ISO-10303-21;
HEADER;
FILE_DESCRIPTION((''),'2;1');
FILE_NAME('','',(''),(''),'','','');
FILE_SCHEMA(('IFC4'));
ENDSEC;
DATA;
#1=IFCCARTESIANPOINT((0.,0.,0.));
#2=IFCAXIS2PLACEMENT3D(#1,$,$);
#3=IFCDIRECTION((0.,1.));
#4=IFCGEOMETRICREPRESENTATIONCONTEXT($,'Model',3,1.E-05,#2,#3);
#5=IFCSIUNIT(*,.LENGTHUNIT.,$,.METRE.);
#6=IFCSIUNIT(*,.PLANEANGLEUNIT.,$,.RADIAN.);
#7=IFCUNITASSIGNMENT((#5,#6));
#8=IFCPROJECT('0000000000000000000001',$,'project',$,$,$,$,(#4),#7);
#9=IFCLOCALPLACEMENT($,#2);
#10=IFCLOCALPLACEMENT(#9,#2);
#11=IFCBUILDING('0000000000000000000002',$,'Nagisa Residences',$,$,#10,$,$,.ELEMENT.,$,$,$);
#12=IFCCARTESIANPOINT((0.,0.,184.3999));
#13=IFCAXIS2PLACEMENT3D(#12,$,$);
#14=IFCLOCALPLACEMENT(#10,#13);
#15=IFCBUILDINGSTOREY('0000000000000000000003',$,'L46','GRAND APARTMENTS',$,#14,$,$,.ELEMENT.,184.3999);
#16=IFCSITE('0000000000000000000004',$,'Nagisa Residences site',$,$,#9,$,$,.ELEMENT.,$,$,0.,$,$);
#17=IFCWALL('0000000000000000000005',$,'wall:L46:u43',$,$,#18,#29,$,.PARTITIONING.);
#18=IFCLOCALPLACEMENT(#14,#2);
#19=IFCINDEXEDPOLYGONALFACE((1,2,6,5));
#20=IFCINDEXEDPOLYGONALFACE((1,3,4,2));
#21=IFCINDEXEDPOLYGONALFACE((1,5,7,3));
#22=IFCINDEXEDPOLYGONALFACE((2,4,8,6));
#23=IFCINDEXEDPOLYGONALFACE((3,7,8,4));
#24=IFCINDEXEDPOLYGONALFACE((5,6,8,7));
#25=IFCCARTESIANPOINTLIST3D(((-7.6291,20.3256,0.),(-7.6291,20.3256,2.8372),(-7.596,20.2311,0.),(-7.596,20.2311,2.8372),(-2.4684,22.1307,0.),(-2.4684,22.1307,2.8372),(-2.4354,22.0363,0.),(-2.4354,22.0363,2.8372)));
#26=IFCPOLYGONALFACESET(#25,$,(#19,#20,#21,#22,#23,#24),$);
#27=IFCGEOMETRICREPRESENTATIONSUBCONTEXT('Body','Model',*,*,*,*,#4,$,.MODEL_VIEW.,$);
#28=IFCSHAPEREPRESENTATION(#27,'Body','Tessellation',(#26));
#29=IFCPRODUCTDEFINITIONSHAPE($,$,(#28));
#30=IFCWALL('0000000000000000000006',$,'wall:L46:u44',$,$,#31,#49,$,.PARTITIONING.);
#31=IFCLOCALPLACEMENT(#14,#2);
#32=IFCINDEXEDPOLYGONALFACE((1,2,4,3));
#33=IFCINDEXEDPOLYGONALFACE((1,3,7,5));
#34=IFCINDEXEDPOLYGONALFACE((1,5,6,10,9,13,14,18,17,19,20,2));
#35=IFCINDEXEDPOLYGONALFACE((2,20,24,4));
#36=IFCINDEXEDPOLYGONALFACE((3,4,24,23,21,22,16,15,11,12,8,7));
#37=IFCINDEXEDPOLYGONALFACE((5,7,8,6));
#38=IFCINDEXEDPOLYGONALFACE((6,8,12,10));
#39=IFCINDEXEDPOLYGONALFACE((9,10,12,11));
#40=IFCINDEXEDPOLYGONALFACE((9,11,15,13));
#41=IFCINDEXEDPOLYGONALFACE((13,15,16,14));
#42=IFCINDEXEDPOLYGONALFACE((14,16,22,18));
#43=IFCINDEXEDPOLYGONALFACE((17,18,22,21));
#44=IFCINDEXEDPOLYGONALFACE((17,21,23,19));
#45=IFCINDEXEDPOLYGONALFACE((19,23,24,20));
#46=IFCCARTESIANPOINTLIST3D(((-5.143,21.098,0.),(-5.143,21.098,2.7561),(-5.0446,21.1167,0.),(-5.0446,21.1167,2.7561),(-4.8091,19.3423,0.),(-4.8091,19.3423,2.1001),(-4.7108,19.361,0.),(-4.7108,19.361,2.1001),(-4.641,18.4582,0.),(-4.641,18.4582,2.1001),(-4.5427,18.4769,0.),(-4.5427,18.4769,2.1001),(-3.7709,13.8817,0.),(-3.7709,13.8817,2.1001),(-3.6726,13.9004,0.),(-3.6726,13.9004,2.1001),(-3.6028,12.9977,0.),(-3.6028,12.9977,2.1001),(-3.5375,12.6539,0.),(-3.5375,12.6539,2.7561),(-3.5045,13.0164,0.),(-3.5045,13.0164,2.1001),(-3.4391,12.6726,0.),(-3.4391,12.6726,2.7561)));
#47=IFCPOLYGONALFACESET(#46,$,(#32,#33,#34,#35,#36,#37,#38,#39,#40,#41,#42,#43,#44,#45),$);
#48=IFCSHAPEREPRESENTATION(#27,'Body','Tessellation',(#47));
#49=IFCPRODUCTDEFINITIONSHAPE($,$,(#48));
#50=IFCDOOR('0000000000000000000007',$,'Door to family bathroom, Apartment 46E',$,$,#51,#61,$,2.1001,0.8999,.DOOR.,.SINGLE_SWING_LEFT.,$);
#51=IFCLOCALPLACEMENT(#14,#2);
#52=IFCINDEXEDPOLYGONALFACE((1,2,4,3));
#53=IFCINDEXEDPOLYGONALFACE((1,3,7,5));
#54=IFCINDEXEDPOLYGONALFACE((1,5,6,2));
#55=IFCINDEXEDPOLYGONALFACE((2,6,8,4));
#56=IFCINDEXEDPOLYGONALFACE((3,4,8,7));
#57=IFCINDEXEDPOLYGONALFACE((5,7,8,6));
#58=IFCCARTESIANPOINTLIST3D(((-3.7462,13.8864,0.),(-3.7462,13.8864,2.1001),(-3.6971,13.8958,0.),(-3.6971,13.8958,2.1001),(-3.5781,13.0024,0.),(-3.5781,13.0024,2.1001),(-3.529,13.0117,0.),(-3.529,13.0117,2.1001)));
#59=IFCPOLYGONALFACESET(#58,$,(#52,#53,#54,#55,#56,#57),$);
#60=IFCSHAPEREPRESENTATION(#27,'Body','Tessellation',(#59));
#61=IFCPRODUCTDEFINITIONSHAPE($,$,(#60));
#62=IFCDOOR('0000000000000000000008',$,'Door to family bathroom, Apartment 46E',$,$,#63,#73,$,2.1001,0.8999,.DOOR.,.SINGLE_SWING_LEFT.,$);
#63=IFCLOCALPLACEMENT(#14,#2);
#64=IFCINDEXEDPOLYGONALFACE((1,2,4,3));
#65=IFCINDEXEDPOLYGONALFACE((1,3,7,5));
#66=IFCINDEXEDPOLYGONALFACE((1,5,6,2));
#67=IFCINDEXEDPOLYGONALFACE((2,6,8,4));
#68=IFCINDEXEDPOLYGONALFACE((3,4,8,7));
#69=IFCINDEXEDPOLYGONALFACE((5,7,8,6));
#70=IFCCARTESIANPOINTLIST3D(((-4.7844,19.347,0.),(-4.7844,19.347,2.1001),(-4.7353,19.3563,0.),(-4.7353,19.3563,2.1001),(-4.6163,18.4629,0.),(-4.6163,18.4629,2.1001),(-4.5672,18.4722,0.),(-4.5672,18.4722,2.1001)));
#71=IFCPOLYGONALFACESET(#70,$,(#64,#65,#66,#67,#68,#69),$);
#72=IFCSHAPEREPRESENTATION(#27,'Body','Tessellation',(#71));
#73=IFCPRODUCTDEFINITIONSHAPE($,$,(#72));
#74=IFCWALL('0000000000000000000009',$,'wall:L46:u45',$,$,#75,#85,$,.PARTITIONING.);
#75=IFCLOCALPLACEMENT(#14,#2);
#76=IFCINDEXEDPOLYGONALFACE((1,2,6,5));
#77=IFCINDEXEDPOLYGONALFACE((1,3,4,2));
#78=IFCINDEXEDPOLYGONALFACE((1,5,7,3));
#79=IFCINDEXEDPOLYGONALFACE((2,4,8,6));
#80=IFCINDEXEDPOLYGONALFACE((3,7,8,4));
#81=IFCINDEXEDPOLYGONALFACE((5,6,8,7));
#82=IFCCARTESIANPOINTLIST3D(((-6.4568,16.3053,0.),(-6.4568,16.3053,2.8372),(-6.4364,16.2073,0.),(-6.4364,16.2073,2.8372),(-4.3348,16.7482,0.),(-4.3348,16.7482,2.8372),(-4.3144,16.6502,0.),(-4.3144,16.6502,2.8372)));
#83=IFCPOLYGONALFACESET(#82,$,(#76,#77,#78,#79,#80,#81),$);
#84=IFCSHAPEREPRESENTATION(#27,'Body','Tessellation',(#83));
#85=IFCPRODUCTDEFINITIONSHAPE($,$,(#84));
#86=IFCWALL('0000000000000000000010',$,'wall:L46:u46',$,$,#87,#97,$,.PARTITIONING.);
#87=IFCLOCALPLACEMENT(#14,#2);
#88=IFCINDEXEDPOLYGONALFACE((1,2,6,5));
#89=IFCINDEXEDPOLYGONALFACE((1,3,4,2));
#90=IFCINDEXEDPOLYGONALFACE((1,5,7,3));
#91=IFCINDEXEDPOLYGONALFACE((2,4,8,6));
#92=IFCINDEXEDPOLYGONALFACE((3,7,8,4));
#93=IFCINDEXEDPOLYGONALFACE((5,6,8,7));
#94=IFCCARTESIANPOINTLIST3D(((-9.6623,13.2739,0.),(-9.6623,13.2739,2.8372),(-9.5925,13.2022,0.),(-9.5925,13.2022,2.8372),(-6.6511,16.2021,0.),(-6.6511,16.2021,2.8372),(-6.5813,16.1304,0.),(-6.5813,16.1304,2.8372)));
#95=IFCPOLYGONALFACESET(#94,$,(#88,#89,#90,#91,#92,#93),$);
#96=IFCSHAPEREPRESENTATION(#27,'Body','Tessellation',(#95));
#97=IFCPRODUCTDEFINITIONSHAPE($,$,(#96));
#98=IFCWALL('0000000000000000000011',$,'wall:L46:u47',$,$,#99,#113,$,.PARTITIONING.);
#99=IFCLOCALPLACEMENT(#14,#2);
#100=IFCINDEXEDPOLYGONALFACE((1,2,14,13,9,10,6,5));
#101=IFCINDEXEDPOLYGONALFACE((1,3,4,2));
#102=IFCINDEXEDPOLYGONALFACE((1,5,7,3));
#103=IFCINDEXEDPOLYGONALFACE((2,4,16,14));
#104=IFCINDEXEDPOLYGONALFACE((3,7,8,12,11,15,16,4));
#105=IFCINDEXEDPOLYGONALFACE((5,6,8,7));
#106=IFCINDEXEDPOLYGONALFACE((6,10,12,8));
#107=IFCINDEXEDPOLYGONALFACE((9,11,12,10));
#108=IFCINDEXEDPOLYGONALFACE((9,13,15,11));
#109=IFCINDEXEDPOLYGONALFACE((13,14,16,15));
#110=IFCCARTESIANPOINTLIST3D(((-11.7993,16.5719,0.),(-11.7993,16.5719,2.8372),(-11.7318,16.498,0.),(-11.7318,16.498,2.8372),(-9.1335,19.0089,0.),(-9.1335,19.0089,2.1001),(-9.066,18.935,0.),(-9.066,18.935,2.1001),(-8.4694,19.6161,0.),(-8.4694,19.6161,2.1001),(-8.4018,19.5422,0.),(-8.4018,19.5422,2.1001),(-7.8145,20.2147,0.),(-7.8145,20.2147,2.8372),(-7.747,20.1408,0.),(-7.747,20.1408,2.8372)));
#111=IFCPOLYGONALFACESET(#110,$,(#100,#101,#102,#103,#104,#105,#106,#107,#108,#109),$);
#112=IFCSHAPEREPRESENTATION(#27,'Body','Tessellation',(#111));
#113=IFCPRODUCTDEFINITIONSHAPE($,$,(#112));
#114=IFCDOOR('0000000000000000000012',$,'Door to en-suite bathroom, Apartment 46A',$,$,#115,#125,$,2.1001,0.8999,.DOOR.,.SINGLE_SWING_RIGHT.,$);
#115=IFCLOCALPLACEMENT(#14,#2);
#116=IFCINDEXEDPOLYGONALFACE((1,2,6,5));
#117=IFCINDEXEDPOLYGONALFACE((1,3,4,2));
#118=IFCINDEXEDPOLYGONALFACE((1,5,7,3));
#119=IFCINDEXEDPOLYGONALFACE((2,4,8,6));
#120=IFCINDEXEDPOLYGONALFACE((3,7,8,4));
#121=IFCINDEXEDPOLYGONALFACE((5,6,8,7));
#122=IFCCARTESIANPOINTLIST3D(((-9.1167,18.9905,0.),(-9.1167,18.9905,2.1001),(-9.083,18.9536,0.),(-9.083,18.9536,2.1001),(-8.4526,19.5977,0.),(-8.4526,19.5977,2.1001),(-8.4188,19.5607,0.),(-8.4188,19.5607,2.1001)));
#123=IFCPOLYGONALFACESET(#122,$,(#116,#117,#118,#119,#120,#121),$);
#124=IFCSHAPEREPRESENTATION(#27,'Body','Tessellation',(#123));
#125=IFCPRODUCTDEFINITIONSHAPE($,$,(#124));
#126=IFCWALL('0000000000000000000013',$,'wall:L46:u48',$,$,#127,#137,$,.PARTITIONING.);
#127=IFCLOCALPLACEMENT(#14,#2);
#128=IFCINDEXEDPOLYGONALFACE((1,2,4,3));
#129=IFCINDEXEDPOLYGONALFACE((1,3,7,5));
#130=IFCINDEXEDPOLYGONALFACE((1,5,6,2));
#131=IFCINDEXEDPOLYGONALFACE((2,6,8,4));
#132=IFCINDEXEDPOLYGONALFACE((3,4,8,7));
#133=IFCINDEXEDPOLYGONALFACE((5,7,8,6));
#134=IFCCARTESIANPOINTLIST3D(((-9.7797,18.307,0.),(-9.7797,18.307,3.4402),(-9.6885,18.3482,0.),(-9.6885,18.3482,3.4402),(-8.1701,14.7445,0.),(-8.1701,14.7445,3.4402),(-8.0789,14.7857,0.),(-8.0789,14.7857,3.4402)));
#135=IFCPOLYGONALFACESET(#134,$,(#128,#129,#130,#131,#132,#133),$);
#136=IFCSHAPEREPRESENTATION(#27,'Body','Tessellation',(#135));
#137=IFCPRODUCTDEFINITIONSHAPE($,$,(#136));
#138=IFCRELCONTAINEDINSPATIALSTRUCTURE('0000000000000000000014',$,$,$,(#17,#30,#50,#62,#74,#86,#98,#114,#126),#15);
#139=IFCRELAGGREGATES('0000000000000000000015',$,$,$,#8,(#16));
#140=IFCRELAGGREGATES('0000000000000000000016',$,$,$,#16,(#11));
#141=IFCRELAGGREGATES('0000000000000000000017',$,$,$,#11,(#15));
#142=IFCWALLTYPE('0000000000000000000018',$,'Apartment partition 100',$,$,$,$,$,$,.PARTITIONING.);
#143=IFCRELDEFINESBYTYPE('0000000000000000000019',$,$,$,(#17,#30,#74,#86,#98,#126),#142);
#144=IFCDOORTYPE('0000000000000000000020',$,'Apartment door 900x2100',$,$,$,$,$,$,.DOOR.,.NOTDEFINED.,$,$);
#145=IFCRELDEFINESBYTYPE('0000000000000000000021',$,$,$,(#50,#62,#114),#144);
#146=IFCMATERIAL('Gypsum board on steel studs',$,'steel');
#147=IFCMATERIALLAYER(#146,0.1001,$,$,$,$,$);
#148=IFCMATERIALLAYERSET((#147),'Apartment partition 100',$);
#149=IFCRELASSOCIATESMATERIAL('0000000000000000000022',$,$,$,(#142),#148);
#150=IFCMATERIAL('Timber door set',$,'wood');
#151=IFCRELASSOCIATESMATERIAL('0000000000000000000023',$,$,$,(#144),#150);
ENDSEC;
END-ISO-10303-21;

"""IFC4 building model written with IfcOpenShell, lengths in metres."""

from ifc_helpers import new_model, si_unit, direction, frame, frame_2d, origin, place, context, subcontext, project, spatial, rectangle, extrude, material, layer, layer_set, type_object, element, fill, save


model = new_model("IFC4")

# Units and contexts
model_context = context("Model", 3, precision=1e-05, world=origin(), true_north=direction((0.0, 1.0)))
body_context = subcontext(model_context, "Body", "Model", "MODEL_VIEW")
ifc_project = project(units=[si_unit("LENGTHUNIT", "METRE"), si_unit("PLANEANGLEUNIT", "RADIAN")], contexts=[model_context])

# Site, building, storey
site_placement = place(None, origin())
site = spatial("IfcSite", under=ifc_project, at=site_placement, Name="Nagisa Residences site", CompositionType="ELEMENT", RefElevation=0.0)
building_placement = place(site_placement, origin())
building = spatial("IfcBuilding", under=site, at=building_placement, Name="Nagisa Residences", CompositionType="ELEMENT")
storey_placement = place(building_placement, frame((0.0, 0.0, 184.3999)))
storey = spatial("IfcBuildingStorey", under=building, at=storey_placement, Name="L46", Description="GRAND APARTMENTS", CompositionType="ELEMENT", Elevation=184.3999)

# Shared definitions
ifc_material_1 = material(Name="Gypsum board on steel studs", Category="steel")
ifc_layer_1 = layer(ifc_material_1, 0.1001)
ifc_layer_set_1 = layer_set([ifc_layer_1], Name="Apartment partition 100")
wall_type_1 = type_object("IfcWallType", Name="Apartment partition 100", PredefinedType="PARTITIONING", material=ifc_layer_set_1)
ifc_material_2 = material(Name="Timber door set", Category="wood")
door_type_1 = type_object("IfcDoorType", Name="Apartment door 900x2100", OperationType="NOTDEFINED", PredefinedType="DOOR", material=ifc_material_2)

# Wall
wall_1_placement = place(storey_placement, frame((-2.4519, 22.0835, 0.0), z_axis=(0.0, 0.0, 1.0), x_axis=(-0.943918, -0.330179, 0.0)))
element("IfcWall", 1, at=wall_1_placement, inside=storey, type_object=wall_type_1, Name="wall:L46:u43", PredefinedType="PARTITIONING", context=body_context, shape_type="SweptSolid", body=[
    extrude(rectangle(XDim=5.4673, YDim=0.1001, at=frame_2d((2.7336, 0.0))), origin(), (0.0, 0.0, 1.0), 2.8372),
])

# Wall, openings, doors
wall_2_placement = place(storey_placement, frame((-3.4883, 12.6631, 0.0), z_axis=(0.0, 0.0, 1.0), x_axis=(-0.186783, 0.982401, 0.0)))
wall_2 = element("IfcWall", 2, at=wall_2_placement, inside=storey, type_object=wall_type_1, Name="wall:L46:u44", PredefinedType="PARTITIONING", context=body_context, shape_type="SweptSolid", body=[
    extrude(rectangle(XDim=8.5955, YDim=0.1001, at=frame_2d((4.2979, 0.0))), origin(), (0.0, 0.0, 1.0), 2.7561),
])
opening_1_placement = place(wall_2_placement, frame((0.3501, 0.0, 0.0)))
opening_1 = element("IfcOpeningElement", 3, at=opening_1_placement, cuts=wall_2, PredefinedType="OPENING", context=body_context, shape_type="SweptSolid", body=[
    extrude(rectangle(XDim=0.8999, YDim=2.1001, at=frame_2d((0.45, 1.05))), frame((0.0, 0.0601, 0.0), z_axis=(0.0, -1.0, 0.0), x_axis=(1.0, 0.0, 0.0)), (0.0, 0.0, 1.0), 0.1201),
])
opening_2_placement = place(wall_2_placement, frame((5.9084, 0.0, 0.0)))
opening_2 = element("IfcOpeningElement", 4, at=opening_2_placement, cuts=wall_2, PredefinedType="OPENING", context=body_context, shape_type="SweptSolid", body=[
    extrude(rectangle(XDim=0.8999, YDim=2.1001, at=frame_2d((0.45, 1.05))), frame((0.0, 0.0601, 0.0), z_axis=(0.0, -1.0, 0.0), x_axis=(1.0, 0.0, 0.0)), (0.0, 0.0, 1.0), 0.1201),
])
door_1_placement = place(opening_1_placement, origin())
door_1 = element("IfcDoor", 5, at=door_1_placement, inside=storey, type_object=door_type_1, Name="Door to family bathroom, Apartment 46E", OperationType="SINGLE_SWING_LEFT", OverallHeight=2.1001, OverallWidth=0.8999, PredefinedType="DOOR", context=body_context, shape_type="SweptSolid", body=[
    extrude(rectangle(XDim=0.8999, YDim=2.1001, at=frame_2d((0.45, 1.05))), frame((0.0, 0.0249, 0.0), z_axis=(0.0, -1.0, 0.0), x_axis=(1.0, 0.0, 0.0)), (0.0, 0.0, 1.0), 0.05),
])
fill(opening_1, door_1)
door_2_placement = place(opening_2_placement, origin())
door_2 = element("IfcDoor", 6, at=door_2_placement, inside=storey, type_object=door_type_1, Name="Door to family bathroom, Apartment 46E", OperationType="SINGLE_SWING_LEFT", OverallHeight=2.1001, OverallWidth=0.8999, PredefinedType="DOOR", context=body_context, shape_type="SweptSolid", body=[
    extrude(rectangle(XDim=0.8999, YDim=2.1001, at=frame_2d((0.45, 1.05))), frame((0.0, 0.0249, 0.0), z_axis=(0.0, -1.0, 0.0), x_axis=(1.0, 0.0, 0.0)), (0.0, 0.0, 1.0), 0.05),
])
fill(opening_2, door_2)

# Walls
wall_3_placement = place(storey_placement, frame((-4.3245, 16.6992, 0.0), z_axis=(0.0, 0.0, 1.0), x_axis=(-0.978909, -0.204296, 0.0)))
element("IfcWall", 7, at=wall_3_placement, inside=storey, type_object=wall_type_1, Name="wall:L46:u45", PredefinedType="PARTITIONING", context=body_context, shape_type="SweptSolid", body=[
    extrude(rectangle(XDim=2.1677, YDim=0.1001, at=frame_2d((1.084, 0.0))), origin(), (0.0, 0.0, 1.0), 2.8372),
])
wall_4_placement = place(storey_placement, frame((-6.6162, 16.1663, 0.0), z_axis=(0.0, 0.0, 1.0), x_axis=(-0.716919, -0.697156, 0.0)))
element("IfcWall", 8, at=wall_4_placement, inside=storey, type_object=wall_type_1, Name="wall:L46:u46", PredefinedType="PARTITIONING", context=body_context, shape_type="SweptSolid", body=[
    extrude(rectangle(XDim=4.2002, YDim=0.1001, at=frame_2d((2.1001, 0.0))), origin(), (0.0, 0.0, 1.0), 2.8372),
])

# Wall, opening, door
wall_5_placement = place(storey_placement, frame((-7.7808, 20.1777, 0.0), z_axis=(0.0, 0.0, 1.0), x_axis=(-0.738073, -0.674721, 0.0)))
wall_5 = element("IfcWall", 9, at=wall_5_placement, inside=storey, type_object=wall_type_1, Name="wall:L46:u47", PredefinedType="PARTITIONING", context=body_context, shape_type="SweptSolid", body=[
    extrude(rectangle(XDim=5.3989, YDim=0.1001, at=frame_2d((2.6995, 0.0))), origin(), (0.0, 0.0, 1.0), 2.8372),
])
opening_3_placement = place(wall_5_placement, frame((0.8872, 0.0, 0.0)))
opening_3 = element("IfcOpeningElement", 10, at=opening_3_placement, cuts=wall_5, PredefinedType="OPENING", context=body_context, shape_type="SweptSolid", body=[
    extrude(rectangle(XDim=0.8999, YDim=2.1001, at=frame_2d((0.45, 1.05))), frame((0.0, 0.0601, 0.0), z_axis=(0.0, -1.0, 0.0), x_axis=(1.0, 0.0, 0.0)), (0.0, 0.0, 1.0), 0.1201),
])
door_3_placement = place(opening_3_placement, origin())
door_3 = element("IfcDoor", 11, at=door_3_placement, inside=storey, type_object=door_type_1, Name="Door to en-suite bathroom, Apartment 46A", OperationType="SINGLE_SWING_RIGHT", OverallHeight=2.1001, OverallWidth=0.8999, PredefinedType="DOOR", context=body_context, shape_type="SweptSolid", body=[
    extrude(rectangle(XDim=0.8999, YDim=2.1001, at=frame_2d((0.45, 1.05))), frame((0.0, 0.0249, 0.0), z_axis=(0.0, -1.0, 0.0), x_axis=(1.0, 0.0, 0.0)), (0.0, 0.0, 1.0), 0.05),
])
fill(opening_3, door_3)

# Wall
wall_6_placement = place(storey_placement, frame((-8.1245, 14.7651, 0.0), z_axis=(0.0, 0.0, 1.0), x_axis=(-0.411746, 0.911299, 0.0)))
element("IfcWall", 12, at=wall_6_placement, inside=storey, type_object=wall_type_1, Name="wall:L46:u48", PredefinedType="PARTITIONING", context=body_context, shape_type="SweptSolid", body=[
    extrude(rectangle(XDim=3.9092, YDim=0.1001, at=frame_2d((1.9546, 0.0))), origin(), (0.0, 0.0, 1.0), 3.4402),
])

save(model, "model.ifc")
